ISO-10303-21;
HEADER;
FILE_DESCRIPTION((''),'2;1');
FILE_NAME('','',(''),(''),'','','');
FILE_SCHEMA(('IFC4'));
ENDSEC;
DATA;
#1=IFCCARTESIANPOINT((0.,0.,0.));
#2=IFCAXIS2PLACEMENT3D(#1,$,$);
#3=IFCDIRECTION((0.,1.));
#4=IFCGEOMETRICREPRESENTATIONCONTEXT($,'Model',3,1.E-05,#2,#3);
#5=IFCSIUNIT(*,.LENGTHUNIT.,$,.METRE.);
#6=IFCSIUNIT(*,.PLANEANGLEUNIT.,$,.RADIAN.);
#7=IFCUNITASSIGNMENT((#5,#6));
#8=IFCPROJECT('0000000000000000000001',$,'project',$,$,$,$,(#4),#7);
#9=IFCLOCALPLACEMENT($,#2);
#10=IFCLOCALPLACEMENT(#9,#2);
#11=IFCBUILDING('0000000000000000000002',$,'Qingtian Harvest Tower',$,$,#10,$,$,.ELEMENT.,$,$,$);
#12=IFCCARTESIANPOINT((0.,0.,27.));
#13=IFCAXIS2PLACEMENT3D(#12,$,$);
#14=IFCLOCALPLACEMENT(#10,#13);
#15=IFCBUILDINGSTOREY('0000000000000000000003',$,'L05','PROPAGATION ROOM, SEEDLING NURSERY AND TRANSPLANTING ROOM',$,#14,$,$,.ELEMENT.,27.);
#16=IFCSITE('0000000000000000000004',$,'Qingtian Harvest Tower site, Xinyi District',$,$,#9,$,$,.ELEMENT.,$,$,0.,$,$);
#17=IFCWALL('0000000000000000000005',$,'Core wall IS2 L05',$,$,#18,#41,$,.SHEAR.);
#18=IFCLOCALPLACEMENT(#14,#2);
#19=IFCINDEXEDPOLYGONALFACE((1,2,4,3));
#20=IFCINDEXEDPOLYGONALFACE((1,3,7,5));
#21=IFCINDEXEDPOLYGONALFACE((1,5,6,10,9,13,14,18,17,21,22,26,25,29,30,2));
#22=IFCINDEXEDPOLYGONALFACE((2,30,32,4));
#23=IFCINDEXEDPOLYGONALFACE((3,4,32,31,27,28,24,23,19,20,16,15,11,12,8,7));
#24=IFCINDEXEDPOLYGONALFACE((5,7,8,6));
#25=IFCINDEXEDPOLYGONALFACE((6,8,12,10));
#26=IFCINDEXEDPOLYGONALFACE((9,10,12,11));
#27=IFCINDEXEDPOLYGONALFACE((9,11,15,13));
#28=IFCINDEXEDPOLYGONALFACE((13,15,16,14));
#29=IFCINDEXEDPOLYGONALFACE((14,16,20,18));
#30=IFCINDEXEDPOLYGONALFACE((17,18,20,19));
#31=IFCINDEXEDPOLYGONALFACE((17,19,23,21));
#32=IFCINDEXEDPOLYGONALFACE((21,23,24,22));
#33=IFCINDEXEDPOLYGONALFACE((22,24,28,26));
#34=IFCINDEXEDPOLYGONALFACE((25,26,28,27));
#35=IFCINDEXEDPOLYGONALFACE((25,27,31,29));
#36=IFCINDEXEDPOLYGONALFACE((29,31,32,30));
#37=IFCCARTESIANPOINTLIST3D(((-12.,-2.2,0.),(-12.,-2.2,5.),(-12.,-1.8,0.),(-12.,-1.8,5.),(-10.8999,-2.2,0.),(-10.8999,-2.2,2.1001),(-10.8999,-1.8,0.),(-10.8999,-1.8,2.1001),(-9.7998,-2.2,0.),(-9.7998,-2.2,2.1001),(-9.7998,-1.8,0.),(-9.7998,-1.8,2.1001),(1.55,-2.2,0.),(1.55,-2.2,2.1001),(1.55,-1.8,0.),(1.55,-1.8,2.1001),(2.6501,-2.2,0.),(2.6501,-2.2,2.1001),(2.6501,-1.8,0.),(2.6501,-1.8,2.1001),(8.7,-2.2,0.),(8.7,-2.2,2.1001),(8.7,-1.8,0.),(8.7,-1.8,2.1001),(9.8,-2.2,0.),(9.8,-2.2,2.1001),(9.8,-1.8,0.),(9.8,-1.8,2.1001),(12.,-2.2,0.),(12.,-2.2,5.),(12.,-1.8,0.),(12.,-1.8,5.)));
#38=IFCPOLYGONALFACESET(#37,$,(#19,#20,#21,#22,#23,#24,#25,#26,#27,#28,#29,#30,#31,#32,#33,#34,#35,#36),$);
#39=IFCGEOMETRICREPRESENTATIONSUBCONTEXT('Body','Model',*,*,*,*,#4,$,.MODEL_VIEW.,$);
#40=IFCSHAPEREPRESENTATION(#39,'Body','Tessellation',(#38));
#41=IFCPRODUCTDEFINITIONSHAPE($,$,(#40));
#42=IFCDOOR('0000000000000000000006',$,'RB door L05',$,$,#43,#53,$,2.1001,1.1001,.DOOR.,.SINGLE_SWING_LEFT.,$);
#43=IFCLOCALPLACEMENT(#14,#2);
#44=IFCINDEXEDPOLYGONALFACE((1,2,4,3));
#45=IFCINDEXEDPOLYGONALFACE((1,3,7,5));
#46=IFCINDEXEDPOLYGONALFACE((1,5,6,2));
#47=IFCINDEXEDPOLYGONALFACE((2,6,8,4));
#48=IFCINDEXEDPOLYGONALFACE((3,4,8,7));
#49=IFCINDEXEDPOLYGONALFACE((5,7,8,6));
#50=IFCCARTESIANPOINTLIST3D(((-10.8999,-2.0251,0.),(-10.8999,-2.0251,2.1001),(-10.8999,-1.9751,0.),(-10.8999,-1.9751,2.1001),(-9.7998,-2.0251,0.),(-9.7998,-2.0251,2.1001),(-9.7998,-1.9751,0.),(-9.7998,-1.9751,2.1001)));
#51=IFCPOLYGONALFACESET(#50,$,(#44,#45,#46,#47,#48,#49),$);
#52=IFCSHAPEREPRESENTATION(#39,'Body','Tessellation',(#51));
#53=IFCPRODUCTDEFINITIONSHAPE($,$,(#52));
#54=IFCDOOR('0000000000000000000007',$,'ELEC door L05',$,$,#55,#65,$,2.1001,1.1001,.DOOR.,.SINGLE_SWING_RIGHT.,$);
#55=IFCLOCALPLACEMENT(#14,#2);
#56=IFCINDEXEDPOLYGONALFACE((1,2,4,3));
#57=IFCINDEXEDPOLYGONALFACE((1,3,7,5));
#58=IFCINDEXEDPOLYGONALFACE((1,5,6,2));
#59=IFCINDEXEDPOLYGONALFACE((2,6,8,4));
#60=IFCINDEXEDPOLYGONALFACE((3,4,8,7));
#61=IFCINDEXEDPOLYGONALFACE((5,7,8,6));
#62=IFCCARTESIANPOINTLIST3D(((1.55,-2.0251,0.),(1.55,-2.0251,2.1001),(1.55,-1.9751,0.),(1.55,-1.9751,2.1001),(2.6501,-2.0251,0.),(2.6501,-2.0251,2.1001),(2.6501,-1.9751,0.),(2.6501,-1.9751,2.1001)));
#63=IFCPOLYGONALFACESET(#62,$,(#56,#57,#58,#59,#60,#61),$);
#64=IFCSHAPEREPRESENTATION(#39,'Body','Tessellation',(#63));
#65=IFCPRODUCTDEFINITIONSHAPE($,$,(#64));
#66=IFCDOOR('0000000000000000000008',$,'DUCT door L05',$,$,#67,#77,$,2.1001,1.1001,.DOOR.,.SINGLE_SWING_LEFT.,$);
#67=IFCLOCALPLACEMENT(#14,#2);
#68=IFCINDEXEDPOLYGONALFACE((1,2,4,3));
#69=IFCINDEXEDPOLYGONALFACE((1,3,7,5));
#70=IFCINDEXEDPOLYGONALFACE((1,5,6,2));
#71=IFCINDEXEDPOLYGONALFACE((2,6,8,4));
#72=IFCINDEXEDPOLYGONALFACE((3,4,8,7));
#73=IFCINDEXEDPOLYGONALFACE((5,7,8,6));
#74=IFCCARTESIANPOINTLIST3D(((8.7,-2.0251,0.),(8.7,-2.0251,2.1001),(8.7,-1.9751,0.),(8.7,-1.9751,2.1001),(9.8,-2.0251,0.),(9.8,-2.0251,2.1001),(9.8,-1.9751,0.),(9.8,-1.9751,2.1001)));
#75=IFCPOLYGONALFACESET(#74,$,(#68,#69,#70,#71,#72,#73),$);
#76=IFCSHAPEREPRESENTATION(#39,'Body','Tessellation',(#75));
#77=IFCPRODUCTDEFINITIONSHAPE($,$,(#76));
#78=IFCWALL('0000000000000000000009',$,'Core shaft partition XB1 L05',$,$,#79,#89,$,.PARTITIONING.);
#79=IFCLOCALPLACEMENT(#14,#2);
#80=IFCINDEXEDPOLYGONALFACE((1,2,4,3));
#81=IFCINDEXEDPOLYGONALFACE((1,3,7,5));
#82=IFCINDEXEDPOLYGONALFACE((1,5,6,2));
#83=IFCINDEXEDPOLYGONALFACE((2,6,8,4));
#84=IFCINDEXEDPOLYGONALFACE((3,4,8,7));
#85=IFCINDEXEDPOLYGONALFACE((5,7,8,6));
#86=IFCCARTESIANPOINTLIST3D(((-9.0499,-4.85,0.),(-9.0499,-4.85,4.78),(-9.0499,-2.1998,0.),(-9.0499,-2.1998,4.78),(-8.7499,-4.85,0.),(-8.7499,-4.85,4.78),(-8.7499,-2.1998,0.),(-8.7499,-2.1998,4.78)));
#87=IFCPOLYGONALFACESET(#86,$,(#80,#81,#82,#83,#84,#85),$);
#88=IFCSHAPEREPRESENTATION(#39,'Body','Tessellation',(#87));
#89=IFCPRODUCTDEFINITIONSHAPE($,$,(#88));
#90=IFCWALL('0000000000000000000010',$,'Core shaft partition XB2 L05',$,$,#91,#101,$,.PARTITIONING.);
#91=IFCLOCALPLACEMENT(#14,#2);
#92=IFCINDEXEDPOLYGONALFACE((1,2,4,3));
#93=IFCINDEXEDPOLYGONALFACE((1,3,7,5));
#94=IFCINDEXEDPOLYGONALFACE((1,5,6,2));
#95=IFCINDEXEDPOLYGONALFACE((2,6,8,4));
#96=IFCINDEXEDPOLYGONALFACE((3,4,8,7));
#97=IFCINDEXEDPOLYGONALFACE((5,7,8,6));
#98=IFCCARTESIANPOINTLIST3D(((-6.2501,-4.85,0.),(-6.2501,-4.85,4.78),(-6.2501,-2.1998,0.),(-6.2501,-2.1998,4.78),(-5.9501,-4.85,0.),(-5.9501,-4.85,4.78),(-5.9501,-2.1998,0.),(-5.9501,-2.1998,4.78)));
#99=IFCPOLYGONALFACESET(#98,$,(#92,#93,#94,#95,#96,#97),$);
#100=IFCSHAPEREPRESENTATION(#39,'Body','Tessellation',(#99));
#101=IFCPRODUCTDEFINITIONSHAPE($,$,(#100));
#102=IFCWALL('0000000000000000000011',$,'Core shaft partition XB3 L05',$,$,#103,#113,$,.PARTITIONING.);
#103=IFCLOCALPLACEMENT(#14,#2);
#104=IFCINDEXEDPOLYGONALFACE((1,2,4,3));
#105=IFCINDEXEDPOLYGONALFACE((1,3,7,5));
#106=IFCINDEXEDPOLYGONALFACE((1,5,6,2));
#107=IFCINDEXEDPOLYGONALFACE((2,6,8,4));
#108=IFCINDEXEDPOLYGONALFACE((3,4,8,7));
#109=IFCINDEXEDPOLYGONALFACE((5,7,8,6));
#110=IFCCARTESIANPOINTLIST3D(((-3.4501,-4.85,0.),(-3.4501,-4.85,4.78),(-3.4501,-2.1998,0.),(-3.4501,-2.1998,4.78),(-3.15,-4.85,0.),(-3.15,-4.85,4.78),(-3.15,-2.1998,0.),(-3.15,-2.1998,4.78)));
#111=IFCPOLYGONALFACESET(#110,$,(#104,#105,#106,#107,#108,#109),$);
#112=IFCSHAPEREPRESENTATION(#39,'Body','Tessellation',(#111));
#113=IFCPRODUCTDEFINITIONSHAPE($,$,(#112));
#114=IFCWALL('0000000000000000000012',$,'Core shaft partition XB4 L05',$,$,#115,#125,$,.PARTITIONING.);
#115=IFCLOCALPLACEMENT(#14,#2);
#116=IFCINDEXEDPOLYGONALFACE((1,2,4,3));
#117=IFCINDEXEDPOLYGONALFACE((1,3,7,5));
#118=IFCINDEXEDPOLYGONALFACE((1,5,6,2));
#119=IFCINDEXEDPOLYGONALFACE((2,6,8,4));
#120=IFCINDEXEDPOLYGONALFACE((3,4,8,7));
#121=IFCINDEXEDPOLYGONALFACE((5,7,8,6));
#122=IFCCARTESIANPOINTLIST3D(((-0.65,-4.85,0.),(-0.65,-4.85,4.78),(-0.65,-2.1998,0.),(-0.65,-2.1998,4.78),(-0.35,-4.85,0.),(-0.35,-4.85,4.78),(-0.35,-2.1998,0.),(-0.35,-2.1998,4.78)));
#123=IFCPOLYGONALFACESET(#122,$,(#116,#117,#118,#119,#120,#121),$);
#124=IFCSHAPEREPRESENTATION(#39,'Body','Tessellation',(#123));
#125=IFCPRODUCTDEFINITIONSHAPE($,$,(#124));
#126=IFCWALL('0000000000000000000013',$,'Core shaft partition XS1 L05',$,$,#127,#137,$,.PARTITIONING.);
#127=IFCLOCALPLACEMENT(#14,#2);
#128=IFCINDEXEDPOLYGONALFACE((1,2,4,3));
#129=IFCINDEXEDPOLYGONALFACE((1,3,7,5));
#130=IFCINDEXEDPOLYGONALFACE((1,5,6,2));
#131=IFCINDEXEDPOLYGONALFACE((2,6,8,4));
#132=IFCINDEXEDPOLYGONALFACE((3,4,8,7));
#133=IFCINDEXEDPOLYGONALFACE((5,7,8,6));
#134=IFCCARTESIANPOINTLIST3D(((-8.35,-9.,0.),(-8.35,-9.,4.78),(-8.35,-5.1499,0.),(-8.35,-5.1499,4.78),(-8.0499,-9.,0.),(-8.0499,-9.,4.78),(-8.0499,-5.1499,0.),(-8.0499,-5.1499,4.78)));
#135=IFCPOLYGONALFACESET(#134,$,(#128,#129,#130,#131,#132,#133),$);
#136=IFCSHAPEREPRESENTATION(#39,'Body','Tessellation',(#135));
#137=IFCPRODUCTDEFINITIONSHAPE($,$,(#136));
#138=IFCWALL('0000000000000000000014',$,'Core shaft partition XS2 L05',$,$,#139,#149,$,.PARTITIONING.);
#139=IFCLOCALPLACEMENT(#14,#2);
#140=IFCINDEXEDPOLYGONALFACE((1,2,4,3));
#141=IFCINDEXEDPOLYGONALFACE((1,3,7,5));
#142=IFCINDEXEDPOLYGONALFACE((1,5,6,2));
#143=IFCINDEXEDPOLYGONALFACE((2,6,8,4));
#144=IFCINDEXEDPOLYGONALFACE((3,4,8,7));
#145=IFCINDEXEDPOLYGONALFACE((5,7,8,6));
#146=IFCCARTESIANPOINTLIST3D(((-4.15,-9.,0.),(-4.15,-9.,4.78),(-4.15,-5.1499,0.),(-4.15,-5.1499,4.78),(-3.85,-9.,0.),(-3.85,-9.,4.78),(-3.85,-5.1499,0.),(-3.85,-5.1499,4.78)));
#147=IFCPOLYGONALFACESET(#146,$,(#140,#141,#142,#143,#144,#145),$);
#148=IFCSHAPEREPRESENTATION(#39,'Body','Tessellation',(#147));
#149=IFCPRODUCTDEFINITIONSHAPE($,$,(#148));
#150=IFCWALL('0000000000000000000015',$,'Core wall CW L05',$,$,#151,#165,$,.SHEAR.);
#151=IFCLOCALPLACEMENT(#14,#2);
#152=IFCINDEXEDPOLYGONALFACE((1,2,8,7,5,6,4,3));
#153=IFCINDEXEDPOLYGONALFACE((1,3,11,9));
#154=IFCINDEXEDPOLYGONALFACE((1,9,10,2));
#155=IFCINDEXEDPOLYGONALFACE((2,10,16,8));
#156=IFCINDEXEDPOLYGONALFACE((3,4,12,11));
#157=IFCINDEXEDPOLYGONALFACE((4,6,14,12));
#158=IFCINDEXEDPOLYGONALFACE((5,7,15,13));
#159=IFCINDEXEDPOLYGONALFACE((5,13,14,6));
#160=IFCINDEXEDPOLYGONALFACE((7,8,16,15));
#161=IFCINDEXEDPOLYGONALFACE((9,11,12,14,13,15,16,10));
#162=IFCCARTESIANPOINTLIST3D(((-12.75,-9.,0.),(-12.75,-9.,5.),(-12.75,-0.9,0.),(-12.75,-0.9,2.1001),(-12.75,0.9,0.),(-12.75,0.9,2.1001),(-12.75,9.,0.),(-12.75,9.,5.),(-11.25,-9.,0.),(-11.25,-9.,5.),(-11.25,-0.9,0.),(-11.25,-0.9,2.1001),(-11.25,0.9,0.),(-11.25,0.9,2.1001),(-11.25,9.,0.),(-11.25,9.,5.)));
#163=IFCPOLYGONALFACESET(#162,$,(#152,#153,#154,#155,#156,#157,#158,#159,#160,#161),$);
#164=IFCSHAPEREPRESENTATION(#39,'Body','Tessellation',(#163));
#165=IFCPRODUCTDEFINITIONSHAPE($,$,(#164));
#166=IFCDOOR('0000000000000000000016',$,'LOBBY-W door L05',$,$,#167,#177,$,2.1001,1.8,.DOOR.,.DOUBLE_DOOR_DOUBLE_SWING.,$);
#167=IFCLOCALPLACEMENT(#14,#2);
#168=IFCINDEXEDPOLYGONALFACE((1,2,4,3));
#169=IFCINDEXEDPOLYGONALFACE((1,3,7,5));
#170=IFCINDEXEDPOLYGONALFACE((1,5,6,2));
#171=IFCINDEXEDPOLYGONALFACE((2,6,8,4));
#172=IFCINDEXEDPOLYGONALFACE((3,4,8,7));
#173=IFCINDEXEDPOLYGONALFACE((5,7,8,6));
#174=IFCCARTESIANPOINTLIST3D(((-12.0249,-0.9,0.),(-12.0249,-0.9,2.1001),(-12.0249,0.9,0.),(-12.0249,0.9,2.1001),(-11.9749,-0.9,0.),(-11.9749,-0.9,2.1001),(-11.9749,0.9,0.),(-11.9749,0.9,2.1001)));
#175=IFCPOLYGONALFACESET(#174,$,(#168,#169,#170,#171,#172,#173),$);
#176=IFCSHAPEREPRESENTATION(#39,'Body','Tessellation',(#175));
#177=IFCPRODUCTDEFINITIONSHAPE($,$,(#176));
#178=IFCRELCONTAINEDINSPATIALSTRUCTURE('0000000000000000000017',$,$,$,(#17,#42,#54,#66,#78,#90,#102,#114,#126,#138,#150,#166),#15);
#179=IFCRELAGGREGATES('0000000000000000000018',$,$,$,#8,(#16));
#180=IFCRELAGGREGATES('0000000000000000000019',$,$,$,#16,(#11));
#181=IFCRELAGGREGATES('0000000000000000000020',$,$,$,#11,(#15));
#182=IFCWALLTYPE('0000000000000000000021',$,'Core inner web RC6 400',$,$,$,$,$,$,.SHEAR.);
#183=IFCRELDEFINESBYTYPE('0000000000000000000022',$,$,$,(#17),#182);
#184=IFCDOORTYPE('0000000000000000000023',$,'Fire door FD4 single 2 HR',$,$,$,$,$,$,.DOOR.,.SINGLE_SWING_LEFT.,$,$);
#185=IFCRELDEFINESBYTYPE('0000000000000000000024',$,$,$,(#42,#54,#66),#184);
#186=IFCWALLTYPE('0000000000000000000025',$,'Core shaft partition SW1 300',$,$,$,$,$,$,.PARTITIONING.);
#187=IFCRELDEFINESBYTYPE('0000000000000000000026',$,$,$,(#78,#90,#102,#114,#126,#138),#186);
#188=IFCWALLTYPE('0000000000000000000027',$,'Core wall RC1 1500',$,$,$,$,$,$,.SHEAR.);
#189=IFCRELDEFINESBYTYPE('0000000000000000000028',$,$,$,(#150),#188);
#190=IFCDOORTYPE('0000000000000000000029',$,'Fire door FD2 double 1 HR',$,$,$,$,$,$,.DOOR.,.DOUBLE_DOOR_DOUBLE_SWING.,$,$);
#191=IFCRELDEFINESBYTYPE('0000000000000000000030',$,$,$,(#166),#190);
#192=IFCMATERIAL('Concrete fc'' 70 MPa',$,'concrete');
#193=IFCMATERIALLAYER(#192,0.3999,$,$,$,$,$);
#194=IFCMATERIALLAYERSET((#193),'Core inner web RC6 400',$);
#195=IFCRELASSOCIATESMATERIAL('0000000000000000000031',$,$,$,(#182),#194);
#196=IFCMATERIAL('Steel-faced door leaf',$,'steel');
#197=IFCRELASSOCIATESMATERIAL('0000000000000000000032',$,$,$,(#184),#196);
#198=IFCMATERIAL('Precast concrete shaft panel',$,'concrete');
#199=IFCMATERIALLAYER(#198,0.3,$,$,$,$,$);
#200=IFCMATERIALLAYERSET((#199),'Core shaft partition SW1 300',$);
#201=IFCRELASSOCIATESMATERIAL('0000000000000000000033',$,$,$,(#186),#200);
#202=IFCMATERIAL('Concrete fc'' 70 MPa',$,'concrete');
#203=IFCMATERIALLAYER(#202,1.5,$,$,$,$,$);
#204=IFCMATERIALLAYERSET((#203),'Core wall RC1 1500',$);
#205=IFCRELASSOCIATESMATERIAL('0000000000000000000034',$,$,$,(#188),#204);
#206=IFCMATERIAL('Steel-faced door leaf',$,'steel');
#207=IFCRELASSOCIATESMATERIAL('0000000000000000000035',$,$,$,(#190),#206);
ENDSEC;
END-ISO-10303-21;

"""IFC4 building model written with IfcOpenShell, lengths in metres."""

from ifc_helpers import new_model, si_unit, direction, frame, frame_2d, origin, place, context, subcontext, project, spatial, rectangle, extrude, material, layer, layer_set, type_object, element, fill, save


model = new_model("IFC4")

# Units and contexts
model_context = context("Model", 3, precision=1e-05, world=origin(), true_north=direction((0.0, 1.0)))
body_context = subcontext(model_context, "Body", "Model", "MODEL_VIEW")
ifc_project = project(units=[si_unit("LENGTHUNIT", "METRE"), si_unit("PLANEANGLEUNIT", "RADIAN")], contexts=[model_context])

# Site, building, storey
site_placement = place(None, origin())
site = spatial("IfcSite", under=ifc_project, at=site_placement, Name="Qingtian Harvest Tower site, Xinyi District", CompositionType="ELEMENT", RefElevation=0.0)
building_placement = place(site_placement, origin())
building = spatial("IfcBuilding", under=site, at=building_placement, Name="Qingtian Harvest Tower", CompositionType="ELEMENT")
storey_placement = place(building_placement, frame((0.0, 0.0, 27.0)))
storey = spatial("IfcBuildingStorey", under=building, at=storey_placement, Name="L05", Description="PROPAGATION ROOM, SEEDLING NURSERY AND TRANSPLANTING ROOM", CompositionType="ELEMENT", Elevation=27.0)

# Wall, openings, doors
ifc_material_1 = material(Name="Concrete fc' 70 MPa", Category="concrete")
ifc_layer_1 = layer(ifc_material_1, 0.3999)
ifc_layer_set_1 = layer_set([ifc_layer_1], Name="Core inner web RC6 400")
wall_type_1 = type_object("IfcWallType", Name="Core inner web RC6 400", PredefinedType="SHEAR", material=ifc_layer_set_1)
wall_1_placement = place(storey_placement, frame((-12.0, -2.0, 0.0), z_axis=(0.0, 0.0, 1.0), x_axis=(1.0, 0.0, 0.0)))
wall_1 = element("IfcWall", 1, at=wall_1_placement, inside=storey, type_object=wall_type_1, Name="Core wall IS2 L05", PredefinedType="SHEAR", context=body_context, shape_type="SweptSolid", body=[
    extrude(rectangle(XDim=24.0, YDim=0.3999, at=frame_2d((12.0, 0.0))), origin(), (0.0, 0.0, 1.0), 5.0),
])
opening_1_placement = place(wall_1_placement, frame((1.1001, 0.0, 0.0)))
opening_1 = element("IfcOpeningElement", 2, at=opening_1_placement, cuts=wall_1, PredefinedType="OPENING", context=body_context, shape_type="SweptSolid", body=[
    extrude(rectangle(XDim=1.1001, YDim=2.1001, at=frame_2d((0.55, 1.05))), frame((0.0, 0.21, 0.0), z_axis=(0.0, -1.0, 0.0), x_axis=(1.0, 0.0, 0.0)), (0.0, 0.0, 1.0), 0.4199),
])
opening_2_placement = place(wall_1_placement, frame((13.55, 0.0, 0.0)))
opening_2 = element("IfcOpeningElement", 3, at=opening_2_placement, cuts=wall_1, PredefinedType="OPENING", context=body_context, shape_type="SweptSolid", body=[
    extrude(rectangle(XDim=1.1001, YDim=2.1001, at=frame_2d((0.55, 1.05))), frame((0.0, 0.21, 0.0), z_axis=(0.0, -1.0, 0.0), x_axis=(1.0, 0.0, 0.0)), (0.0, 0.0, 1.0), 0.4199),
])
opening_3_placement = place(wall_1_placement, frame((20.7, 0.0, 0.0)))
opening_3 = element("IfcOpeningElement", 4, at=opening_3_placement, cuts=wall_1, PredefinedType="OPENING", context=body_context, shape_type="SweptSolid", body=[
    extrude(rectangle(XDim=1.1001, YDim=2.1001, at=frame_2d((0.55, 1.05))), frame((0.0, 0.21, 0.0), z_axis=(0.0, -1.0, 0.0), x_axis=(1.0, 0.0, 0.0)), (0.0, 0.0, 1.0), 0.4199),
])
ifc_material_2 = material(Name="Steel-faced door leaf", Category="steel")
door_type_1 = type_object("IfcDoorType", Name="Fire door FD4 single 2 HR", OperationType="SINGLE_SWING_LEFT", PredefinedType="DOOR", material=ifc_material_2)
door_1_placement = place(opening_1_placement, origin())
door_1 = element("IfcDoor", 5, at=door_1_placement, inside=storey, type_object=door_type_1, Name="RB door L05", OperationType="SINGLE_SWING_LEFT", OverallHeight=2.1001, OverallWidth=1.1001, PredefinedType="DOOR", context=body_context, shape_type="SweptSolid", body=[
    extrude(rectangle(XDim=1.1001, YDim=2.1001, at=frame_2d((0.55, 1.05))), frame((0.0, 0.0249, 0.0), z_axis=(0.0, -1.0, 0.0), x_axis=(1.0, 0.0, 0.0)), (0.0, 0.0, 1.0), 0.05),
])
fill(opening_1, door_1)
door_2_placement = place(opening_2_placement, origin())
door_2 = element("IfcDoor", 6, at=door_2_placement, inside=storey, type_object=door_type_1, Name="ELEC door L05", OperationType="SINGLE_SWING_RIGHT", OverallHeight=2.1001, OverallWidth=1.1001, PredefinedType="DOOR", context=body_context, shape_type="SweptSolid", body=[
    extrude(rectangle(XDim=1.1001, YDim=2.1001, at=frame_2d((0.55, 1.05))), frame((0.0, 0.0249, 0.0), z_axis=(0.0, -1.0, 0.0), x_axis=(1.0, 0.0, 0.0)), (0.0, 0.0, 1.0), 0.05),
])
fill(opening_2, door_2)
door_3_placement = place(opening_3_placement, origin())
door_3 = element("IfcDoor", 7, at=door_3_placement, inside=storey, type_object=door_type_1, Name="DUCT door L05", OperationType="SINGLE_SWING_LEFT", OverallHeight=2.1001, OverallWidth=1.1001, PredefinedType="DOOR", context=body_context, shape_type="SweptSolid", body=[
    extrude(rectangle(XDim=1.1001, YDim=2.1001, at=frame_2d((0.55, 1.05))), frame((0.0, 0.0249, 0.0), z_axis=(0.0, -1.0, 0.0), x_axis=(1.0, 0.0, 0.0)), (0.0, 0.0, 1.0), 0.05),
])
fill(opening_3, door_3)

# Walls
ifc_material_3 = material(Name="Precast concrete shaft panel", Category="concrete")
ifc_layer_2 = layer(ifc_material_3, 0.3)
ifc_layer_set_2 = layer_set([ifc_layer_2], Name="Core shaft partition SW1 300")
wall_type_2 = type_object("IfcWallType", Name="Core shaft partition SW1 300", PredefinedType="PARTITIONING", material=ifc_layer_set_2)
for number, where, z_axis, x_axis, name in (
    (8, (-8.8999, -4.8501, 0.0), (0.0, 0.0, 1.0), (0.0, 1.0, 0.0), "Core shaft partition XB1 L05"),
    (9, (-6.1001, -4.8501, 0.0), (0.0, 0.0, 1.0), (0.0, 1.0, 0.0), "Core shaft partition XB2 L05"),
    (10, (-3.3, -4.8501, 0.0), (0.0, 0.0, 1.0), (0.0, 1.0, 0.0), "Core shaft partition XB3 L05"),
    (11, (-0.5, -4.8501, 0.0), (0.0, 0.0, 1.0), (0.0, 1.0, 0.0), "Core shaft partition XB4 L05"),
):
    element("IfcWall", number, at=place(storey_placement, frame(where, z_axis=z_axis, x_axis=x_axis)), inside=storey, type_object=wall_type_2, Name=name, PredefinedType="PARTITIONING", context=body_context, shape_type="SweptSolid", body=[
        extrude(rectangle(XDim=2.6501, YDim=0.3, at=frame_2d((1.3252, 0.0))), origin(), (0.0, 0.0, 1.0), 4.78),
    ])
for number, where, z_axis, x_axis, name in (
    (12, (-8.2, -9.0, 0.0), (0.0, 0.0, 1.0), (0.0, 1.0, 0.0), "Core shaft partition XS1 L05"),
    (13, (-4.0, -9.0, 0.0), (0.0, 0.0, 1.0), (0.0, 1.0, 0.0), "Core shaft partition XS2 L05"),
):
    element("IfcWall", number, at=place(storey_placement, frame(where, z_axis=z_axis, x_axis=x_axis)), inside=storey, type_object=wall_type_2, Name=name, PredefinedType="PARTITIONING", context=body_context, shape_type="SweptSolid", body=[
        extrude(rectangle(XDim=3.8501, YDim=0.3, at=frame_2d((1.925, 0.0))), origin(), (0.0, 0.0, 1.0), 4.78),
    ])

# Wall, opening, door
ifc_material_4 = material(Name="Concrete fc' 70 MPa", Category="concrete")
ifc_layer_3 = layer(ifc_material_4, 1.5)
ifc_layer_set_3 = layer_set([ifc_layer_3], Name="Core wall RC1 1500")
wall_type_3 = type_object("IfcWallType", Name="Core wall RC1 1500", PredefinedType="SHEAR", material=ifc_layer_set_3)
wall_2_placement = place(storey_placement, frame((-12.0, -9.0, 0.0), z_axis=(0.0, 0.0, 1.0), x_axis=(0.0, 1.0, 0.0)))
wall_2 = element("IfcWall", 14, at=wall_2_placement, inside=storey, type_object=wall_type_3, Name="Core wall CW L05", PredefinedType="SHEAR", context=body_context, shape_type="SweptSolid", body=[
    extrude(rectangle(XDim=18.0, YDim=1.5, at=frame_2d((9.0, 0.0))), origin(), (0.0, 0.0, 1.0), 5.0),
])
opening_4_placement = place(wall_2_placement, frame((8.1001, 0.0, 0.0)))
opening_4 = element("IfcOpeningElement", 15, at=opening_4_placement, cuts=wall_2, PredefinedType="OPENING", context=body_context, shape_type="SweptSolid", body=[
    extrude(rectangle(XDim=1.8, YDim=2.1001, at=frame_2d((0.8999, 1.05))), frame((0.0, 0.76, 0.0), z_axis=(0.0, -1.0, 0.0), x_axis=(1.0, 0.0, 0.0)), (0.0, 0.0, 1.0), 1.52),
])
ifc_material_5 = material(Name="Steel-faced door leaf", Category="steel")
door_type_2 = type_object("IfcDoorType", Name="Fire door FD2 double 1 HR", OperationType="DOUBLE_DOOR_DOUBLE_SWING", PredefinedType="DOOR", material=ifc_material_5)
door_4_placement = place(opening_4_placement, origin())
door_4 = element("IfcDoor", 16, at=door_4_placement, inside=storey, type_object=door_type_2, Name="LOBBY-W door L05", OperationType="DOUBLE_DOOR_DOUBLE_SWING", OverallHeight=2.1001, OverallWidth=1.8, PredefinedType="DOOR", context=body_context, shape_type="SweptSolid", body=[
    extrude(rectangle(XDim=1.8, YDim=2.1001, at=frame_2d((0.8999, 1.05))), frame((0.0, 0.0249, 0.0), z_axis=(0.0, -1.0, 0.0), x_axis=(1.0, 0.0, 0.0)), (0.0, 0.0, 1.0), 0.05),
])
fill(opening_4, door_4)

save(model, "model.ifc")
